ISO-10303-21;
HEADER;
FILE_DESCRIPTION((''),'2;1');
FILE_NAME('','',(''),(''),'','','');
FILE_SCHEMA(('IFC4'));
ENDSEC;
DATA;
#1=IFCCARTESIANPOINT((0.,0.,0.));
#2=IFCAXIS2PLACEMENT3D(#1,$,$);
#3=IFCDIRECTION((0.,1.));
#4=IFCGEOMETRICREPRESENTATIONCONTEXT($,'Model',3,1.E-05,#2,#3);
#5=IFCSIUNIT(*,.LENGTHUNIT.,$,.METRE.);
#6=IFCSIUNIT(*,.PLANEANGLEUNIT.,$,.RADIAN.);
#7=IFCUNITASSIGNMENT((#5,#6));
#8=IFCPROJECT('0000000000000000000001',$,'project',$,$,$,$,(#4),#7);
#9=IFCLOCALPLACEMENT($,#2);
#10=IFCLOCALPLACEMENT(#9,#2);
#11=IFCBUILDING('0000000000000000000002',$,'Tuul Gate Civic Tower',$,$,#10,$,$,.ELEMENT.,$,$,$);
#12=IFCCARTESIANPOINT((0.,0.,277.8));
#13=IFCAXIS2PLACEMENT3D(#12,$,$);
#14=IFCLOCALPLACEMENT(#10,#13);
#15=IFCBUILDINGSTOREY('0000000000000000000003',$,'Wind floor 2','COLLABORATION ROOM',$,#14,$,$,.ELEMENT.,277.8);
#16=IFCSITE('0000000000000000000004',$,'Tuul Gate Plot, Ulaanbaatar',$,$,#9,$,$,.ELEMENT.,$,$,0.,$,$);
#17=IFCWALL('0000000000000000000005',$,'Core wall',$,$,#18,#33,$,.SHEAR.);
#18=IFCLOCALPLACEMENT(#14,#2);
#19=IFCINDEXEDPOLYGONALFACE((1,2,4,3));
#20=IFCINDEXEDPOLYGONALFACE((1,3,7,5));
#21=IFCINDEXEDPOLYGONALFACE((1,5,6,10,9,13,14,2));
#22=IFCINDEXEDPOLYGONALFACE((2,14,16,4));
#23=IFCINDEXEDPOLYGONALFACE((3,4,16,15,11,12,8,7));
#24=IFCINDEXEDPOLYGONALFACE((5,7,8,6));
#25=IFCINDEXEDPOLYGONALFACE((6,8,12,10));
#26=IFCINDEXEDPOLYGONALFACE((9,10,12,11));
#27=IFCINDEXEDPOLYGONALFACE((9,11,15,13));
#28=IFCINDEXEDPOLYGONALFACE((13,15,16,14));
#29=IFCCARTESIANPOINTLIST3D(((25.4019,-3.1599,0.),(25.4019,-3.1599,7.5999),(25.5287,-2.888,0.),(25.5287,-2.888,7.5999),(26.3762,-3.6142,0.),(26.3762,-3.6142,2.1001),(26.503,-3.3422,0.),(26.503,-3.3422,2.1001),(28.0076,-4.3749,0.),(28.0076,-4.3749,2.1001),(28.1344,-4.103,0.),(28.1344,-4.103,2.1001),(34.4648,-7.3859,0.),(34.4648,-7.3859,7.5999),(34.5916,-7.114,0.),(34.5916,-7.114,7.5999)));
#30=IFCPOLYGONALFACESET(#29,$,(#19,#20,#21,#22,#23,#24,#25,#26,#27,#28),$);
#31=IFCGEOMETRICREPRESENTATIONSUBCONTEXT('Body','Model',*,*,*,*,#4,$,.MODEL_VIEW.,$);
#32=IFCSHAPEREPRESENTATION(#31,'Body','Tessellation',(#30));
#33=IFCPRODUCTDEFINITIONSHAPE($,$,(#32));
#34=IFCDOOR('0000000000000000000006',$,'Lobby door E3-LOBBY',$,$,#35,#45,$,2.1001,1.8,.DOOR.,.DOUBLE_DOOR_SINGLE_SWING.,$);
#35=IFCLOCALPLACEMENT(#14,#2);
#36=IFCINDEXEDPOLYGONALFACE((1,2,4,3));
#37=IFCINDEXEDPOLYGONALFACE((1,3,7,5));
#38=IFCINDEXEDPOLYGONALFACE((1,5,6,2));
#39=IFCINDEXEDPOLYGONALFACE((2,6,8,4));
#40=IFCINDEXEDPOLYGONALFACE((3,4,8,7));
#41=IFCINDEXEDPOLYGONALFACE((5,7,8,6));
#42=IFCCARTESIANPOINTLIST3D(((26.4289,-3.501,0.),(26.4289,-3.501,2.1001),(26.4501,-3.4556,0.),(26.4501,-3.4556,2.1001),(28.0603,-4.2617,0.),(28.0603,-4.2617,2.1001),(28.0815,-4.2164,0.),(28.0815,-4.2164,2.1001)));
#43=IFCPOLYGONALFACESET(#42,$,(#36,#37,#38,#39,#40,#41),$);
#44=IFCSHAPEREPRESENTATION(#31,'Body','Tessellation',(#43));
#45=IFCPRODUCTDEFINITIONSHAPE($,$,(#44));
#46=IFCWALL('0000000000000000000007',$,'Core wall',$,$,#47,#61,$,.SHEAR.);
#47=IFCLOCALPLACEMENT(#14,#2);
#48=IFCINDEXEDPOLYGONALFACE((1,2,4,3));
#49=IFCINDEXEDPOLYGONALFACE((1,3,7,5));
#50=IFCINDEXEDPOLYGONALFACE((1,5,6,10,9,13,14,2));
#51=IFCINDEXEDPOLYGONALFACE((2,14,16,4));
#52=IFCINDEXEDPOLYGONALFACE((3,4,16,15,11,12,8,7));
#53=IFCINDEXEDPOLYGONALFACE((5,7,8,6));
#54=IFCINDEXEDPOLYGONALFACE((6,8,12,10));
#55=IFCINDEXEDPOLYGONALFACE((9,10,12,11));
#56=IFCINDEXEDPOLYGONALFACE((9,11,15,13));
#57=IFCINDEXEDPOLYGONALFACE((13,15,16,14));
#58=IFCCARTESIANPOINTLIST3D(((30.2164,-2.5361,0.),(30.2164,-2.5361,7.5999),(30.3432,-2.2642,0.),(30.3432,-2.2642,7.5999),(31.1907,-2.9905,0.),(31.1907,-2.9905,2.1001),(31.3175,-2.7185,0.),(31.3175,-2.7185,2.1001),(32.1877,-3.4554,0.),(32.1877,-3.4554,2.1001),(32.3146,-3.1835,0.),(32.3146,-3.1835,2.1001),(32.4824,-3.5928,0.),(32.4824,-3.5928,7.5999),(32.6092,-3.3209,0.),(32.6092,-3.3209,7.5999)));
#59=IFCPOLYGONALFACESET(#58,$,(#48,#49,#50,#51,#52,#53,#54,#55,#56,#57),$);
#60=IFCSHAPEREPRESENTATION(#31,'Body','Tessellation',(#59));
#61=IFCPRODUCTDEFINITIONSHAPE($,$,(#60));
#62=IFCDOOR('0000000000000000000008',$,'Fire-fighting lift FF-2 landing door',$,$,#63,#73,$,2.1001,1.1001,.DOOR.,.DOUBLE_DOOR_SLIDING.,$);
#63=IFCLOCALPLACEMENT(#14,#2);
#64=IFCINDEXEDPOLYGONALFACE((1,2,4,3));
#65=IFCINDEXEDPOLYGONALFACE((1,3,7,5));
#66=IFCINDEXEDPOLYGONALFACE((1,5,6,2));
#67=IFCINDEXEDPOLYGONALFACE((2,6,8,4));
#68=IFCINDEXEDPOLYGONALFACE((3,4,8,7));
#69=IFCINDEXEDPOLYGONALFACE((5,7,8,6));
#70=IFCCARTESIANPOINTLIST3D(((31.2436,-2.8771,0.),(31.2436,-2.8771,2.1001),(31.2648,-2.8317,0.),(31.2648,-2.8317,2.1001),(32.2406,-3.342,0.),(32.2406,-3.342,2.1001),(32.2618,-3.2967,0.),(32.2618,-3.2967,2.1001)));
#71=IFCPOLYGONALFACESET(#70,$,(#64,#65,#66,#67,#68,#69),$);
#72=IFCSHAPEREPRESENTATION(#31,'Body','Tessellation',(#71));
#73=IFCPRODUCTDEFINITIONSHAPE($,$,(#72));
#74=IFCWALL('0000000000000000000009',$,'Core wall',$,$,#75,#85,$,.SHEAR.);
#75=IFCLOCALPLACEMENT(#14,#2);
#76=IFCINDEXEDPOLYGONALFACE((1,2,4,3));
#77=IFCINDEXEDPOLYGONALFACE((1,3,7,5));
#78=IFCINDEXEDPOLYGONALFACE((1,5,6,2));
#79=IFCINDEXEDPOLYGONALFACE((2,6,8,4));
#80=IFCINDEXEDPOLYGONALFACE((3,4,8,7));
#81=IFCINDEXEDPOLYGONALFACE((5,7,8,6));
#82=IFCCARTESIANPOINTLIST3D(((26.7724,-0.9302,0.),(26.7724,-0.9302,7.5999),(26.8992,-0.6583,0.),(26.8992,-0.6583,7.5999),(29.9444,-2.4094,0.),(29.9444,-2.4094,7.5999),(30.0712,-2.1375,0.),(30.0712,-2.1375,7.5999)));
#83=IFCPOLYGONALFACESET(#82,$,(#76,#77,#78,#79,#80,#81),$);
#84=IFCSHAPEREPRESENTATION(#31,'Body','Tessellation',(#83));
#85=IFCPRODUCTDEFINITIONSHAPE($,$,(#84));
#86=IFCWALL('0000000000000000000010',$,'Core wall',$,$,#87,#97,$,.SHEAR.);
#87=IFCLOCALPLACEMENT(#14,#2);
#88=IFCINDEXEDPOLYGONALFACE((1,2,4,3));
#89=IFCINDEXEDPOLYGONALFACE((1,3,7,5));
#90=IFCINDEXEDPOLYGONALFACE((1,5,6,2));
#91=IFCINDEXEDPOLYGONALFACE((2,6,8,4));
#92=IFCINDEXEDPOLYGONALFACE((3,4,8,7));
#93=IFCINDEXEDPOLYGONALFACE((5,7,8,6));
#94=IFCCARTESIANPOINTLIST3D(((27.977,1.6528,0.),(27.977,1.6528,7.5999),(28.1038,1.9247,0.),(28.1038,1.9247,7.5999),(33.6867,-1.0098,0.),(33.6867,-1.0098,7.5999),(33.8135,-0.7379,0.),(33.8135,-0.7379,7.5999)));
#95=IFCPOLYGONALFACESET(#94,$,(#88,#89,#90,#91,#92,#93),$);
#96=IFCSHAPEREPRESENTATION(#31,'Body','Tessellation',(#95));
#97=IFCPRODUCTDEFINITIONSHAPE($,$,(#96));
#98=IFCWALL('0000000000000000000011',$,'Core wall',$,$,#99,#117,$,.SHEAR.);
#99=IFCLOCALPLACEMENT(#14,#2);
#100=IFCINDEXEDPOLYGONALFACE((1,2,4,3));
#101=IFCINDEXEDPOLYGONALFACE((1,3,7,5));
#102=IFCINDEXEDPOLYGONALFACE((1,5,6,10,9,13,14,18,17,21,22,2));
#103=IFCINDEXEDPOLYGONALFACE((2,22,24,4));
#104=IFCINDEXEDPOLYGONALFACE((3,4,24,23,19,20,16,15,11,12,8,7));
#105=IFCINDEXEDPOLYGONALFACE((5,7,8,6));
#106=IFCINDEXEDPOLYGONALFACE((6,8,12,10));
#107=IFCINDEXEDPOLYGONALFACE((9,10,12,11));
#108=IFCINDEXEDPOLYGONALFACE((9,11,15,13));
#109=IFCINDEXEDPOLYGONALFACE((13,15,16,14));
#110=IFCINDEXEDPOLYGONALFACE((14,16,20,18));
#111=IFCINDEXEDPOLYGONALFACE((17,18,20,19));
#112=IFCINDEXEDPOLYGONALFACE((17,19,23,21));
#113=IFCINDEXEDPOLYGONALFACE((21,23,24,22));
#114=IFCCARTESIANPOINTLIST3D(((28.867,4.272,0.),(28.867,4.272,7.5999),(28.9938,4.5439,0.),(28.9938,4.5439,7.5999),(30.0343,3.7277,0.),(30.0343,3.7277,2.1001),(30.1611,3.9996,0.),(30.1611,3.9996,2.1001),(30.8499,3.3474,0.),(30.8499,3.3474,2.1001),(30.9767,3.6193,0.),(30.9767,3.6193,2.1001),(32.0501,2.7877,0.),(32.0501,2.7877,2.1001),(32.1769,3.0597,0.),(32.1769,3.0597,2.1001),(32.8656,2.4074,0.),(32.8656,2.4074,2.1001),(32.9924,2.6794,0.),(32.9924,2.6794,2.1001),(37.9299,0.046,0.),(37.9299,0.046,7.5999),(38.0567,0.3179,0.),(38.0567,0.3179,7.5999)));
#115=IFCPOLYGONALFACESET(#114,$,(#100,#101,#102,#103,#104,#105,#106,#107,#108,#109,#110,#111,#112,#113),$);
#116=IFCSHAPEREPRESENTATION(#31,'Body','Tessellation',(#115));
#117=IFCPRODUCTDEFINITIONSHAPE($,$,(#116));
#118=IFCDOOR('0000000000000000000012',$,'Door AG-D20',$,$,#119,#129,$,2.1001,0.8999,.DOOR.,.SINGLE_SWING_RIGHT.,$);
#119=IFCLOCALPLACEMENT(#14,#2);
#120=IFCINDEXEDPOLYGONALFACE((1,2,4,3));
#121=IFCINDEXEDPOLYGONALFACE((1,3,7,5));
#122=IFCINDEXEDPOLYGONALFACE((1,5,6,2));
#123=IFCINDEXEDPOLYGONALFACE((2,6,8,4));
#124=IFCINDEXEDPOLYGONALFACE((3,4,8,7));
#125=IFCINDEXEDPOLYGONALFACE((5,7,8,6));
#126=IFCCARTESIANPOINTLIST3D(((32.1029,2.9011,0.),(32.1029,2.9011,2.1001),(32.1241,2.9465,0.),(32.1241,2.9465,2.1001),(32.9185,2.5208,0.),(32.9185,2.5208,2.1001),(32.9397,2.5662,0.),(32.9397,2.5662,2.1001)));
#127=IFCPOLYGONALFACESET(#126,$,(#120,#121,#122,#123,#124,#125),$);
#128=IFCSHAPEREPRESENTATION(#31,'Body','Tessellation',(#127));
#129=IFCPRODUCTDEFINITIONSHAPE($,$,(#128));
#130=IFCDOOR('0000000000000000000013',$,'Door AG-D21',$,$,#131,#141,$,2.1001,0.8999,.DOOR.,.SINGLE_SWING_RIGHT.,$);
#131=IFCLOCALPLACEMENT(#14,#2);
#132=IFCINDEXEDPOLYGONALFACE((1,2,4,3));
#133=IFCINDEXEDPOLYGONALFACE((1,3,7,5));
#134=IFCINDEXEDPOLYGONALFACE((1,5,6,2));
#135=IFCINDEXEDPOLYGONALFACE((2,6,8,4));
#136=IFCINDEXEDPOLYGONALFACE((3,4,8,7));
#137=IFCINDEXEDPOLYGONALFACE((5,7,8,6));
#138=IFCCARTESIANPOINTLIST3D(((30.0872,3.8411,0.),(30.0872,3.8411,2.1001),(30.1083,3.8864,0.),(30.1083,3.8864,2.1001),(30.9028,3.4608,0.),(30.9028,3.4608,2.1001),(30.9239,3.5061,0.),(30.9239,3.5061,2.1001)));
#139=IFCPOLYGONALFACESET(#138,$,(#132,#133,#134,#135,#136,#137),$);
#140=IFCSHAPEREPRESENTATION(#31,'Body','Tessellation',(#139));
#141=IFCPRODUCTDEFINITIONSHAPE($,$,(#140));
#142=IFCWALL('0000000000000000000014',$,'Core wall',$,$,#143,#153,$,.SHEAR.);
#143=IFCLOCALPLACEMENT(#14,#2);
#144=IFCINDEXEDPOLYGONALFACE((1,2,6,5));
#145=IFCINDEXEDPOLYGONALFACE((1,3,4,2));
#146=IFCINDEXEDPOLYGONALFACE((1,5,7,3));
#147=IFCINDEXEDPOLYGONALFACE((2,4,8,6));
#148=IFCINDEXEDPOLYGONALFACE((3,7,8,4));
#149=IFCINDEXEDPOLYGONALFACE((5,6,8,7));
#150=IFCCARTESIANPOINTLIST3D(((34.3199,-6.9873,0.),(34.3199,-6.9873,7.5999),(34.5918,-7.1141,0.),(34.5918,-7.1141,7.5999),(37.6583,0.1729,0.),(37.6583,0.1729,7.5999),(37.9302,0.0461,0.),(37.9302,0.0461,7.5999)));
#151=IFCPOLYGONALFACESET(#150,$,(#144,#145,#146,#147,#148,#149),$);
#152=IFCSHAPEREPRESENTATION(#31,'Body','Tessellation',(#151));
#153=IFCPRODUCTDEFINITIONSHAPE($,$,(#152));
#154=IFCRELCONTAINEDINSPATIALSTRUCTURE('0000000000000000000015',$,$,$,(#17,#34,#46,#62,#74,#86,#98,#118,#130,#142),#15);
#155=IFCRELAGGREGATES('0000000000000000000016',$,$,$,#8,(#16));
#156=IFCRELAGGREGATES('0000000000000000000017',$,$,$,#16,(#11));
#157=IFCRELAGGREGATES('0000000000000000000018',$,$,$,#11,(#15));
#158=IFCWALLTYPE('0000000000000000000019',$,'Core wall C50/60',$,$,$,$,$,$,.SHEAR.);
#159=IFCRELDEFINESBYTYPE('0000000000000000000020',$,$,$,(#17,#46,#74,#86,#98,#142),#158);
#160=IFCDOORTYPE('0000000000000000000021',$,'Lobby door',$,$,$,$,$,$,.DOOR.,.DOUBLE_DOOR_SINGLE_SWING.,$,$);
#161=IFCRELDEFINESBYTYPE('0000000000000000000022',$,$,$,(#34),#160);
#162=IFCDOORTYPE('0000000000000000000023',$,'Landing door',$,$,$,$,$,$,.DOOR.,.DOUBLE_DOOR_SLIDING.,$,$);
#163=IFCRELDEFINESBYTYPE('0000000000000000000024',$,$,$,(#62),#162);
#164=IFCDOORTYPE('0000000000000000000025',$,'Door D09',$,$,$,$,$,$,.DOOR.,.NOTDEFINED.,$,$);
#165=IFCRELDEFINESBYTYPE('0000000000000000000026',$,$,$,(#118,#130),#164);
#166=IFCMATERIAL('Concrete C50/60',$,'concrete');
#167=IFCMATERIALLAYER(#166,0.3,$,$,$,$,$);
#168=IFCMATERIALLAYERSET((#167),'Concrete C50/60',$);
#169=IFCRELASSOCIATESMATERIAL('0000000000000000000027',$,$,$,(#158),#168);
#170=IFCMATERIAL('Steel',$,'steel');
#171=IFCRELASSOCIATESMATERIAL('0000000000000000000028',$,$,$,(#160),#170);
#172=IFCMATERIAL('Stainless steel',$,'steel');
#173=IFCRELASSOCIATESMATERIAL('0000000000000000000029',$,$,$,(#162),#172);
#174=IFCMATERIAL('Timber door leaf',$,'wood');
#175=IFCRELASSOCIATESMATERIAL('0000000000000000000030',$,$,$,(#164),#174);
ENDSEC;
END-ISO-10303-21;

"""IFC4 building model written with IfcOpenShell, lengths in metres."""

from ifc_helpers import new_model, si_unit, direction, frame, frame_2d, origin, place, context, subcontext, project, spatial, rectangle, extrude, material, layer, layer_set, type_object, element, fill, save


model = new_model("IFC4")

# Units and contexts
model_context = context("Model", 3, precision=1e-05, world=origin(), true_north=direction((0.0, 1.0)))
body_context = subcontext(model_context, "Body", "Model", "MODEL_VIEW")
ifc_project = project(units=[si_unit("LENGTHUNIT", "METRE"), si_unit("PLANEANGLEUNIT", "RADIAN")], contexts=[model_context])

# Site, building, storey
site_placement = place(None, origin())
site = spatial("IfcSite", under=ifc_project, at=site_placement, Name="Tuul Gate Plot, Ulaanbaatar", CompositionType="ELEMENT", RefElevation=0.0)
building_placement = place(site_placement, origin())
building = spatial("IfcBuilding", under=site, at=building_placement, Name="Tuul Gate Civic Tower", CompositionType="ELEMENT")
storey_placement = place(building_placement, frame((0.0, 0.0, 277.8)))
storey = spatial("IfcBuildingStorey", under=building, at=storey_placement, Name="Wind floor 2", Description="COLLABORATION ROOM", CompositionType="ELEMENT", Elevation=277.8)

# Walls, openings, doors
ifc_material_1 = material(Name="Concrete C50/60", Category="concrete")
ifc_layer_1 = layer(ifc_material_1, 0.3)
ifc_layer_set_1 = layer_set([ifc_layer_1], Name="Concrete C50/60")
wall_type_1 = type_object("IfcWallType", Name="Core wall C50/60", PredefinedType="SHEAR", material=ifc_layer_set_1)
wall_1_placement = place(storey_placement, frame((34.5283, -7.25, 0.0), z_axis=(0.0, 0.0, 1.0), x_axis=(-0.90631, 0.422613, 0.0)))
wall_1 = element("IfcWall", 1, at=wall_1_placement, inside=storey, type_object=wall_type_1, Name="Core wall", PredefinedType="SHEAR", context=body_context, shape_type="SweptSolid", body=[
    extrude(rectangle(XDim=9.9998, YDim=0.3, at=frame_2d((5.0, 0.0))), origin(), (0.0, 0.0, 1.0), 7.5999),
])
opening_1_placement = place(wall_1_placement, frame((7.125, 0.0, 0.0)))
opening_1 = element("IfcOpeningElement", 2, at=opening_1_placement, cuts=wall_1, PredefinedType="OPENING", context=body_context, shape_type="SweptSolid", body=[
    extrude(rectangle(XDim=1.8, YDim=2.1001, at=frame_2d((0.8999, 1.05))), frame((0.0, 0.1602, 0.0), z_axis=(0.0, -1.0, 0.0), x_axis=(1.0, 0.0, 0.0)), (0.0, 0.0, 1.0), 0.3201),
])
ifc_material_2 = material(Name="Steel", Category="steel")
door_type_1 = type_object("IfcDoorType", Name="Lobby door", OperationType="DOUBLE_DOOR_SINGLE_SWING", PredefinedType="DOOR", material=ifc_material_2)
door_1_placement = place(opening_1_placement, frame((1.8, 0.0, 0.0), z_axis=(0.0, 0.0, 1.0), x_axis=(-1.0, 0.0, 0.0)))
door_1 = element("IfcDoor", 3, at=door_1_placement, inside=storey, type_object=door_type_1, Name="Lobby door E3-LOBBY", OperationType="DOUBLE_DOOR_SINGLE_SWING", OverallHeight=2.1001, OverallWidth=1.8, PredefinedType="DOOR", context=body_context, shape_type="SweptSolid", body=[
    extrude(rectangle(XDim=1.8, YDim=2.1001, at=frame_2d((0.9001, 1.05))), frame((0.0, 0.0249, 0.0), z_axis=(0.0, -1.0, 0.0), x_axis=(1.0, 0.0, 0.0)), (0.0, 0.0, 1.0), 0.05),
])
fill(opening_1, door_1)
wall_2_placement = place(storey_placement, frame((32.5457, -3.4568, 0.0), z_axis=(0.0, 0.0, 1.0), x_axis=(-0.9063, 0.422634, 0.0)))
wall_2 = element("IfcWall", 4, at=wall_2_placement, inside=storey, type_object=wall_type_1, Name="Core wall", PredefinedType="SHEAR", context=body_context, shape_type="SweptSolid", body=[
    extrude(rectangle(XDim=2.5002, YDim=0.3, at=frame_2d((1.25, 0.0))), origin(), (0.0, 0.0, 1.0), 7.5999),
])
opening_2_placement = place(wall_2_placement, frame((0.325, 0.0, 0.0)))
opening_2 = element("IfcOpeningElement", 5, at=opening_2_placement, cuts=wall_2, PredefinedType="OPENING", context=body_context, shape_type="SweptSolid", body=[
    extrude(rectangle(XDim=1.1001, YDim=2.1001, at=frame_2d((0.55, 1.05))), frame((0.0, 0.1602, 0.0), z_axis=(0.0, -1.0, 0.0), x_axis=(1.0, 0.0, 0.0)), (0.0, 0.0, 1.0), 0.3201),
])
ifc_material_3 = material(Name="Stainless steel", Category="steel")
door_type_2 = type_object("IfcDoorType", Name="Landing door", OperationType="DOUBLE_DOOR_SLIDING", PredefinedType="DOOR", material=ifc_material_3)
door_2_placement = place(opening_2_placement, origin())
door_2 = element("IfcDoor", 6, at=door_2_placement, inside=storey, type_object=door_type_2, Name="Fire-fighting lift FF-2 landing door", OperationType="DOUBLE_DOOR_SLIDING", OverallHeight=2.1001, OverallWidth=1.1001, PredefinedType="DOOR", context=body_context, shape_type="SweptSolid", body=[
    extrude(rectangle(XDim=1.1001, YDim=2.1001, at=frame_2d((0.55, 1.05))), frame((0.0, 0.0249, 0.0), z_axis=(0.0, -1.0, 0.0), x_axis=(1.0, 0.0, 0.0)), (0.0, 0.0, 1.0), 0.05),
])
fill(opening_2, door_2)

# Walls
wall_3_placement = place(storey_placement, frame((30.0078, -2.2734, 0.0), z_axis=(0.0, 0.0, 1.0), x_axis=(-0.906301, 0.422633, 0.0)))
element("IfcWall", 7, at=wall_3_placement, inside=storey, type_object=wall_type_1, Name="Core wall", PredefinedType="SHEAR", context=body_context, shape_type="SweptSolid", body=[
    extrude(rectangle(XDim=3.5, YDim=0.3, at=frame_2d((1.75, 0.0))), origin(), (0.0, 0.0, 1.0), 7.5999),
])
wall_4_placement = place(storey_placement, frame((33.75, -0.8738, 0.0), z_axis=(0.0, 0.0, 1.0), x_axis=(-0.906301, 0.422633, 0.0)))
element("IfcWall", 8, at=wall_4_placement, inside=storey, type_object=wall_type_1, Name="Core wall", PredefinedType="SHEAR", context=body_context, shape_type="SweptSolid", body=[
    extrude(rectangle(XDim=6.3, YDim=0.3, at=frame_2d((3.1499, 0.0))), origin(), (0.0, 0.0, 1.0), 7.5999),
])

# Wall, openings, doors
wall_5_placement = place(storey_placement, frame((37.9934, 0.1819, 0.0), z_axis=(0.0, 0.0, 1.0), x_axis=(-0.90631, 0.422613, 0.0)))
wall_5 = element("IfcWall", 9, at=wall_5_placement, inside=storey, type_object=wall_type_1, Name="Core wall", PredefinedType="SHEAR", context=body_context, shape_type="SweptSolid", body=[
    extrude(rectangle(XDim=9.9998, YDim=0.3, at=frame_2d((5.0, 0.0))), origin(), (0.0, 0.0, 1.0), 7.5999),
])
opening_3_placement = place(wall_5_placement, frame((5.5879, 0.0, 0.0)))
opening_3 = element("IfcOpeningElement", 10, at=opening_3_placement, cuts=wall_5, PredefinedType="OPENING", context=body_context, shape_type="SweptSolid", body=[
    extrude(rectangle(XDim=0.8999, YDim=2.1001, at=frame_2d((0.45, 1.05))), frame((0.0, 0.1602, 0.0), z_axis=(0.0, -1.0, 0.0), x_axis=(1.0, 0.0, 0.0)), (0.0, 0.0, 1.0), 0.3201),
])
opening_4_placement = place(wall_5_placement, frame((7.812, 0.0, 0.0)))
opening_4 = element("IfcOpeningElement", 11, at=opening_4_placement, cuts=wall_5, PredefinedType="OPENING", context=body_context, shape_type="SweptSolid", body=[
    extrude(rectangle(XDim=0.8999, YDim=2.1001, at=frame_2d((0.45, 1.05))), frame((0.0, 0.1602, 0.0), z_axis=(0.0, -1.0, 0.0), x_axis=(1.0, 0.0, 0.0)), (0.0, 0.0, 1.0), 0.3201),
])
ifc_material_4 = material(Name="Timber door leaf", Category="wood")
door_type_3 = type_object("IfcDoorType", Name="Door D09", OperationType="NOTDEFINED", PredefinedType="DOOR", material=ifc_material_4)
door_3_placement = place(opening_3_placement, origin())
door_3 = element("IfcDoor", 12, at=door_3_placement, inside=storey, type_object=door_type_3, Name="Door AG-D20", OperationType="SINGLE_SWING_RIGHT", OverallHeight=2.1001, OverallWidth=0.8999, PredefinedType="DOOR", context=body_context, shape_type="SweptSolid", body=[
    extrude(rectangle(XDim=0.8999, YDim=2.1001, at=frame_2d((0.45, 1.05))), frame((0.0, 0.0249, 0.0), z_axis=(0.0, -1.0, 0.0), x_axis=(1.0, 0.0, 0.0)), (0.0, 0.0, 1.0), 0.05),
])
fill(opening_3, door_3)
door_4_placement = place(opening_4_placement, origin())
door_4 = element("IfcDoor", 13, at=door_4_placement, inside=storey, type_object=door_type_3, Name="Door AG-D21", OperationType="SINGLE_SWING_RIGHT", OverallHeight=2.1001, OverallWidth=0.8999, PredefinedType="DOOR", context=body_context, shape_type="SweptSolid", body=[
    extrude(rectangle(XDim=0.8999, YDim=2.1001, at=frame_2d((0.45, 1.05))), frame((0.0, 0.0249, 0.0), z_axis=(0.0, -1.0, 0.0), x_axis=(1.0, 0.0, 0.0)), (0.0, 0.0, 1.0), 0.05),
])
fill(opening_4, door_4)

# Wall
wall_6_placement = place(storey_placement, frame((34.4558, -7.0508, 0.0), z_axis=(0.0, 0.0, 1.0), x_axis=(0.422571, 0.90633, 0.0)))
element("IfcWall", 14, at=wall_6_placement, inside=storey, type_object=wall_type_1, Name="Core wall", PredefinedType="SHEAR", context=body_context, shape_type="SweptSolid", body=[
    extrude(rectangle(XDim=7.9001, YDim=0.3, at=frame_2d((3.9502, 0.0))), origin(), (0.0, 0.0, 1.0), 7.5999),
])

save(model, "model.ifc")
